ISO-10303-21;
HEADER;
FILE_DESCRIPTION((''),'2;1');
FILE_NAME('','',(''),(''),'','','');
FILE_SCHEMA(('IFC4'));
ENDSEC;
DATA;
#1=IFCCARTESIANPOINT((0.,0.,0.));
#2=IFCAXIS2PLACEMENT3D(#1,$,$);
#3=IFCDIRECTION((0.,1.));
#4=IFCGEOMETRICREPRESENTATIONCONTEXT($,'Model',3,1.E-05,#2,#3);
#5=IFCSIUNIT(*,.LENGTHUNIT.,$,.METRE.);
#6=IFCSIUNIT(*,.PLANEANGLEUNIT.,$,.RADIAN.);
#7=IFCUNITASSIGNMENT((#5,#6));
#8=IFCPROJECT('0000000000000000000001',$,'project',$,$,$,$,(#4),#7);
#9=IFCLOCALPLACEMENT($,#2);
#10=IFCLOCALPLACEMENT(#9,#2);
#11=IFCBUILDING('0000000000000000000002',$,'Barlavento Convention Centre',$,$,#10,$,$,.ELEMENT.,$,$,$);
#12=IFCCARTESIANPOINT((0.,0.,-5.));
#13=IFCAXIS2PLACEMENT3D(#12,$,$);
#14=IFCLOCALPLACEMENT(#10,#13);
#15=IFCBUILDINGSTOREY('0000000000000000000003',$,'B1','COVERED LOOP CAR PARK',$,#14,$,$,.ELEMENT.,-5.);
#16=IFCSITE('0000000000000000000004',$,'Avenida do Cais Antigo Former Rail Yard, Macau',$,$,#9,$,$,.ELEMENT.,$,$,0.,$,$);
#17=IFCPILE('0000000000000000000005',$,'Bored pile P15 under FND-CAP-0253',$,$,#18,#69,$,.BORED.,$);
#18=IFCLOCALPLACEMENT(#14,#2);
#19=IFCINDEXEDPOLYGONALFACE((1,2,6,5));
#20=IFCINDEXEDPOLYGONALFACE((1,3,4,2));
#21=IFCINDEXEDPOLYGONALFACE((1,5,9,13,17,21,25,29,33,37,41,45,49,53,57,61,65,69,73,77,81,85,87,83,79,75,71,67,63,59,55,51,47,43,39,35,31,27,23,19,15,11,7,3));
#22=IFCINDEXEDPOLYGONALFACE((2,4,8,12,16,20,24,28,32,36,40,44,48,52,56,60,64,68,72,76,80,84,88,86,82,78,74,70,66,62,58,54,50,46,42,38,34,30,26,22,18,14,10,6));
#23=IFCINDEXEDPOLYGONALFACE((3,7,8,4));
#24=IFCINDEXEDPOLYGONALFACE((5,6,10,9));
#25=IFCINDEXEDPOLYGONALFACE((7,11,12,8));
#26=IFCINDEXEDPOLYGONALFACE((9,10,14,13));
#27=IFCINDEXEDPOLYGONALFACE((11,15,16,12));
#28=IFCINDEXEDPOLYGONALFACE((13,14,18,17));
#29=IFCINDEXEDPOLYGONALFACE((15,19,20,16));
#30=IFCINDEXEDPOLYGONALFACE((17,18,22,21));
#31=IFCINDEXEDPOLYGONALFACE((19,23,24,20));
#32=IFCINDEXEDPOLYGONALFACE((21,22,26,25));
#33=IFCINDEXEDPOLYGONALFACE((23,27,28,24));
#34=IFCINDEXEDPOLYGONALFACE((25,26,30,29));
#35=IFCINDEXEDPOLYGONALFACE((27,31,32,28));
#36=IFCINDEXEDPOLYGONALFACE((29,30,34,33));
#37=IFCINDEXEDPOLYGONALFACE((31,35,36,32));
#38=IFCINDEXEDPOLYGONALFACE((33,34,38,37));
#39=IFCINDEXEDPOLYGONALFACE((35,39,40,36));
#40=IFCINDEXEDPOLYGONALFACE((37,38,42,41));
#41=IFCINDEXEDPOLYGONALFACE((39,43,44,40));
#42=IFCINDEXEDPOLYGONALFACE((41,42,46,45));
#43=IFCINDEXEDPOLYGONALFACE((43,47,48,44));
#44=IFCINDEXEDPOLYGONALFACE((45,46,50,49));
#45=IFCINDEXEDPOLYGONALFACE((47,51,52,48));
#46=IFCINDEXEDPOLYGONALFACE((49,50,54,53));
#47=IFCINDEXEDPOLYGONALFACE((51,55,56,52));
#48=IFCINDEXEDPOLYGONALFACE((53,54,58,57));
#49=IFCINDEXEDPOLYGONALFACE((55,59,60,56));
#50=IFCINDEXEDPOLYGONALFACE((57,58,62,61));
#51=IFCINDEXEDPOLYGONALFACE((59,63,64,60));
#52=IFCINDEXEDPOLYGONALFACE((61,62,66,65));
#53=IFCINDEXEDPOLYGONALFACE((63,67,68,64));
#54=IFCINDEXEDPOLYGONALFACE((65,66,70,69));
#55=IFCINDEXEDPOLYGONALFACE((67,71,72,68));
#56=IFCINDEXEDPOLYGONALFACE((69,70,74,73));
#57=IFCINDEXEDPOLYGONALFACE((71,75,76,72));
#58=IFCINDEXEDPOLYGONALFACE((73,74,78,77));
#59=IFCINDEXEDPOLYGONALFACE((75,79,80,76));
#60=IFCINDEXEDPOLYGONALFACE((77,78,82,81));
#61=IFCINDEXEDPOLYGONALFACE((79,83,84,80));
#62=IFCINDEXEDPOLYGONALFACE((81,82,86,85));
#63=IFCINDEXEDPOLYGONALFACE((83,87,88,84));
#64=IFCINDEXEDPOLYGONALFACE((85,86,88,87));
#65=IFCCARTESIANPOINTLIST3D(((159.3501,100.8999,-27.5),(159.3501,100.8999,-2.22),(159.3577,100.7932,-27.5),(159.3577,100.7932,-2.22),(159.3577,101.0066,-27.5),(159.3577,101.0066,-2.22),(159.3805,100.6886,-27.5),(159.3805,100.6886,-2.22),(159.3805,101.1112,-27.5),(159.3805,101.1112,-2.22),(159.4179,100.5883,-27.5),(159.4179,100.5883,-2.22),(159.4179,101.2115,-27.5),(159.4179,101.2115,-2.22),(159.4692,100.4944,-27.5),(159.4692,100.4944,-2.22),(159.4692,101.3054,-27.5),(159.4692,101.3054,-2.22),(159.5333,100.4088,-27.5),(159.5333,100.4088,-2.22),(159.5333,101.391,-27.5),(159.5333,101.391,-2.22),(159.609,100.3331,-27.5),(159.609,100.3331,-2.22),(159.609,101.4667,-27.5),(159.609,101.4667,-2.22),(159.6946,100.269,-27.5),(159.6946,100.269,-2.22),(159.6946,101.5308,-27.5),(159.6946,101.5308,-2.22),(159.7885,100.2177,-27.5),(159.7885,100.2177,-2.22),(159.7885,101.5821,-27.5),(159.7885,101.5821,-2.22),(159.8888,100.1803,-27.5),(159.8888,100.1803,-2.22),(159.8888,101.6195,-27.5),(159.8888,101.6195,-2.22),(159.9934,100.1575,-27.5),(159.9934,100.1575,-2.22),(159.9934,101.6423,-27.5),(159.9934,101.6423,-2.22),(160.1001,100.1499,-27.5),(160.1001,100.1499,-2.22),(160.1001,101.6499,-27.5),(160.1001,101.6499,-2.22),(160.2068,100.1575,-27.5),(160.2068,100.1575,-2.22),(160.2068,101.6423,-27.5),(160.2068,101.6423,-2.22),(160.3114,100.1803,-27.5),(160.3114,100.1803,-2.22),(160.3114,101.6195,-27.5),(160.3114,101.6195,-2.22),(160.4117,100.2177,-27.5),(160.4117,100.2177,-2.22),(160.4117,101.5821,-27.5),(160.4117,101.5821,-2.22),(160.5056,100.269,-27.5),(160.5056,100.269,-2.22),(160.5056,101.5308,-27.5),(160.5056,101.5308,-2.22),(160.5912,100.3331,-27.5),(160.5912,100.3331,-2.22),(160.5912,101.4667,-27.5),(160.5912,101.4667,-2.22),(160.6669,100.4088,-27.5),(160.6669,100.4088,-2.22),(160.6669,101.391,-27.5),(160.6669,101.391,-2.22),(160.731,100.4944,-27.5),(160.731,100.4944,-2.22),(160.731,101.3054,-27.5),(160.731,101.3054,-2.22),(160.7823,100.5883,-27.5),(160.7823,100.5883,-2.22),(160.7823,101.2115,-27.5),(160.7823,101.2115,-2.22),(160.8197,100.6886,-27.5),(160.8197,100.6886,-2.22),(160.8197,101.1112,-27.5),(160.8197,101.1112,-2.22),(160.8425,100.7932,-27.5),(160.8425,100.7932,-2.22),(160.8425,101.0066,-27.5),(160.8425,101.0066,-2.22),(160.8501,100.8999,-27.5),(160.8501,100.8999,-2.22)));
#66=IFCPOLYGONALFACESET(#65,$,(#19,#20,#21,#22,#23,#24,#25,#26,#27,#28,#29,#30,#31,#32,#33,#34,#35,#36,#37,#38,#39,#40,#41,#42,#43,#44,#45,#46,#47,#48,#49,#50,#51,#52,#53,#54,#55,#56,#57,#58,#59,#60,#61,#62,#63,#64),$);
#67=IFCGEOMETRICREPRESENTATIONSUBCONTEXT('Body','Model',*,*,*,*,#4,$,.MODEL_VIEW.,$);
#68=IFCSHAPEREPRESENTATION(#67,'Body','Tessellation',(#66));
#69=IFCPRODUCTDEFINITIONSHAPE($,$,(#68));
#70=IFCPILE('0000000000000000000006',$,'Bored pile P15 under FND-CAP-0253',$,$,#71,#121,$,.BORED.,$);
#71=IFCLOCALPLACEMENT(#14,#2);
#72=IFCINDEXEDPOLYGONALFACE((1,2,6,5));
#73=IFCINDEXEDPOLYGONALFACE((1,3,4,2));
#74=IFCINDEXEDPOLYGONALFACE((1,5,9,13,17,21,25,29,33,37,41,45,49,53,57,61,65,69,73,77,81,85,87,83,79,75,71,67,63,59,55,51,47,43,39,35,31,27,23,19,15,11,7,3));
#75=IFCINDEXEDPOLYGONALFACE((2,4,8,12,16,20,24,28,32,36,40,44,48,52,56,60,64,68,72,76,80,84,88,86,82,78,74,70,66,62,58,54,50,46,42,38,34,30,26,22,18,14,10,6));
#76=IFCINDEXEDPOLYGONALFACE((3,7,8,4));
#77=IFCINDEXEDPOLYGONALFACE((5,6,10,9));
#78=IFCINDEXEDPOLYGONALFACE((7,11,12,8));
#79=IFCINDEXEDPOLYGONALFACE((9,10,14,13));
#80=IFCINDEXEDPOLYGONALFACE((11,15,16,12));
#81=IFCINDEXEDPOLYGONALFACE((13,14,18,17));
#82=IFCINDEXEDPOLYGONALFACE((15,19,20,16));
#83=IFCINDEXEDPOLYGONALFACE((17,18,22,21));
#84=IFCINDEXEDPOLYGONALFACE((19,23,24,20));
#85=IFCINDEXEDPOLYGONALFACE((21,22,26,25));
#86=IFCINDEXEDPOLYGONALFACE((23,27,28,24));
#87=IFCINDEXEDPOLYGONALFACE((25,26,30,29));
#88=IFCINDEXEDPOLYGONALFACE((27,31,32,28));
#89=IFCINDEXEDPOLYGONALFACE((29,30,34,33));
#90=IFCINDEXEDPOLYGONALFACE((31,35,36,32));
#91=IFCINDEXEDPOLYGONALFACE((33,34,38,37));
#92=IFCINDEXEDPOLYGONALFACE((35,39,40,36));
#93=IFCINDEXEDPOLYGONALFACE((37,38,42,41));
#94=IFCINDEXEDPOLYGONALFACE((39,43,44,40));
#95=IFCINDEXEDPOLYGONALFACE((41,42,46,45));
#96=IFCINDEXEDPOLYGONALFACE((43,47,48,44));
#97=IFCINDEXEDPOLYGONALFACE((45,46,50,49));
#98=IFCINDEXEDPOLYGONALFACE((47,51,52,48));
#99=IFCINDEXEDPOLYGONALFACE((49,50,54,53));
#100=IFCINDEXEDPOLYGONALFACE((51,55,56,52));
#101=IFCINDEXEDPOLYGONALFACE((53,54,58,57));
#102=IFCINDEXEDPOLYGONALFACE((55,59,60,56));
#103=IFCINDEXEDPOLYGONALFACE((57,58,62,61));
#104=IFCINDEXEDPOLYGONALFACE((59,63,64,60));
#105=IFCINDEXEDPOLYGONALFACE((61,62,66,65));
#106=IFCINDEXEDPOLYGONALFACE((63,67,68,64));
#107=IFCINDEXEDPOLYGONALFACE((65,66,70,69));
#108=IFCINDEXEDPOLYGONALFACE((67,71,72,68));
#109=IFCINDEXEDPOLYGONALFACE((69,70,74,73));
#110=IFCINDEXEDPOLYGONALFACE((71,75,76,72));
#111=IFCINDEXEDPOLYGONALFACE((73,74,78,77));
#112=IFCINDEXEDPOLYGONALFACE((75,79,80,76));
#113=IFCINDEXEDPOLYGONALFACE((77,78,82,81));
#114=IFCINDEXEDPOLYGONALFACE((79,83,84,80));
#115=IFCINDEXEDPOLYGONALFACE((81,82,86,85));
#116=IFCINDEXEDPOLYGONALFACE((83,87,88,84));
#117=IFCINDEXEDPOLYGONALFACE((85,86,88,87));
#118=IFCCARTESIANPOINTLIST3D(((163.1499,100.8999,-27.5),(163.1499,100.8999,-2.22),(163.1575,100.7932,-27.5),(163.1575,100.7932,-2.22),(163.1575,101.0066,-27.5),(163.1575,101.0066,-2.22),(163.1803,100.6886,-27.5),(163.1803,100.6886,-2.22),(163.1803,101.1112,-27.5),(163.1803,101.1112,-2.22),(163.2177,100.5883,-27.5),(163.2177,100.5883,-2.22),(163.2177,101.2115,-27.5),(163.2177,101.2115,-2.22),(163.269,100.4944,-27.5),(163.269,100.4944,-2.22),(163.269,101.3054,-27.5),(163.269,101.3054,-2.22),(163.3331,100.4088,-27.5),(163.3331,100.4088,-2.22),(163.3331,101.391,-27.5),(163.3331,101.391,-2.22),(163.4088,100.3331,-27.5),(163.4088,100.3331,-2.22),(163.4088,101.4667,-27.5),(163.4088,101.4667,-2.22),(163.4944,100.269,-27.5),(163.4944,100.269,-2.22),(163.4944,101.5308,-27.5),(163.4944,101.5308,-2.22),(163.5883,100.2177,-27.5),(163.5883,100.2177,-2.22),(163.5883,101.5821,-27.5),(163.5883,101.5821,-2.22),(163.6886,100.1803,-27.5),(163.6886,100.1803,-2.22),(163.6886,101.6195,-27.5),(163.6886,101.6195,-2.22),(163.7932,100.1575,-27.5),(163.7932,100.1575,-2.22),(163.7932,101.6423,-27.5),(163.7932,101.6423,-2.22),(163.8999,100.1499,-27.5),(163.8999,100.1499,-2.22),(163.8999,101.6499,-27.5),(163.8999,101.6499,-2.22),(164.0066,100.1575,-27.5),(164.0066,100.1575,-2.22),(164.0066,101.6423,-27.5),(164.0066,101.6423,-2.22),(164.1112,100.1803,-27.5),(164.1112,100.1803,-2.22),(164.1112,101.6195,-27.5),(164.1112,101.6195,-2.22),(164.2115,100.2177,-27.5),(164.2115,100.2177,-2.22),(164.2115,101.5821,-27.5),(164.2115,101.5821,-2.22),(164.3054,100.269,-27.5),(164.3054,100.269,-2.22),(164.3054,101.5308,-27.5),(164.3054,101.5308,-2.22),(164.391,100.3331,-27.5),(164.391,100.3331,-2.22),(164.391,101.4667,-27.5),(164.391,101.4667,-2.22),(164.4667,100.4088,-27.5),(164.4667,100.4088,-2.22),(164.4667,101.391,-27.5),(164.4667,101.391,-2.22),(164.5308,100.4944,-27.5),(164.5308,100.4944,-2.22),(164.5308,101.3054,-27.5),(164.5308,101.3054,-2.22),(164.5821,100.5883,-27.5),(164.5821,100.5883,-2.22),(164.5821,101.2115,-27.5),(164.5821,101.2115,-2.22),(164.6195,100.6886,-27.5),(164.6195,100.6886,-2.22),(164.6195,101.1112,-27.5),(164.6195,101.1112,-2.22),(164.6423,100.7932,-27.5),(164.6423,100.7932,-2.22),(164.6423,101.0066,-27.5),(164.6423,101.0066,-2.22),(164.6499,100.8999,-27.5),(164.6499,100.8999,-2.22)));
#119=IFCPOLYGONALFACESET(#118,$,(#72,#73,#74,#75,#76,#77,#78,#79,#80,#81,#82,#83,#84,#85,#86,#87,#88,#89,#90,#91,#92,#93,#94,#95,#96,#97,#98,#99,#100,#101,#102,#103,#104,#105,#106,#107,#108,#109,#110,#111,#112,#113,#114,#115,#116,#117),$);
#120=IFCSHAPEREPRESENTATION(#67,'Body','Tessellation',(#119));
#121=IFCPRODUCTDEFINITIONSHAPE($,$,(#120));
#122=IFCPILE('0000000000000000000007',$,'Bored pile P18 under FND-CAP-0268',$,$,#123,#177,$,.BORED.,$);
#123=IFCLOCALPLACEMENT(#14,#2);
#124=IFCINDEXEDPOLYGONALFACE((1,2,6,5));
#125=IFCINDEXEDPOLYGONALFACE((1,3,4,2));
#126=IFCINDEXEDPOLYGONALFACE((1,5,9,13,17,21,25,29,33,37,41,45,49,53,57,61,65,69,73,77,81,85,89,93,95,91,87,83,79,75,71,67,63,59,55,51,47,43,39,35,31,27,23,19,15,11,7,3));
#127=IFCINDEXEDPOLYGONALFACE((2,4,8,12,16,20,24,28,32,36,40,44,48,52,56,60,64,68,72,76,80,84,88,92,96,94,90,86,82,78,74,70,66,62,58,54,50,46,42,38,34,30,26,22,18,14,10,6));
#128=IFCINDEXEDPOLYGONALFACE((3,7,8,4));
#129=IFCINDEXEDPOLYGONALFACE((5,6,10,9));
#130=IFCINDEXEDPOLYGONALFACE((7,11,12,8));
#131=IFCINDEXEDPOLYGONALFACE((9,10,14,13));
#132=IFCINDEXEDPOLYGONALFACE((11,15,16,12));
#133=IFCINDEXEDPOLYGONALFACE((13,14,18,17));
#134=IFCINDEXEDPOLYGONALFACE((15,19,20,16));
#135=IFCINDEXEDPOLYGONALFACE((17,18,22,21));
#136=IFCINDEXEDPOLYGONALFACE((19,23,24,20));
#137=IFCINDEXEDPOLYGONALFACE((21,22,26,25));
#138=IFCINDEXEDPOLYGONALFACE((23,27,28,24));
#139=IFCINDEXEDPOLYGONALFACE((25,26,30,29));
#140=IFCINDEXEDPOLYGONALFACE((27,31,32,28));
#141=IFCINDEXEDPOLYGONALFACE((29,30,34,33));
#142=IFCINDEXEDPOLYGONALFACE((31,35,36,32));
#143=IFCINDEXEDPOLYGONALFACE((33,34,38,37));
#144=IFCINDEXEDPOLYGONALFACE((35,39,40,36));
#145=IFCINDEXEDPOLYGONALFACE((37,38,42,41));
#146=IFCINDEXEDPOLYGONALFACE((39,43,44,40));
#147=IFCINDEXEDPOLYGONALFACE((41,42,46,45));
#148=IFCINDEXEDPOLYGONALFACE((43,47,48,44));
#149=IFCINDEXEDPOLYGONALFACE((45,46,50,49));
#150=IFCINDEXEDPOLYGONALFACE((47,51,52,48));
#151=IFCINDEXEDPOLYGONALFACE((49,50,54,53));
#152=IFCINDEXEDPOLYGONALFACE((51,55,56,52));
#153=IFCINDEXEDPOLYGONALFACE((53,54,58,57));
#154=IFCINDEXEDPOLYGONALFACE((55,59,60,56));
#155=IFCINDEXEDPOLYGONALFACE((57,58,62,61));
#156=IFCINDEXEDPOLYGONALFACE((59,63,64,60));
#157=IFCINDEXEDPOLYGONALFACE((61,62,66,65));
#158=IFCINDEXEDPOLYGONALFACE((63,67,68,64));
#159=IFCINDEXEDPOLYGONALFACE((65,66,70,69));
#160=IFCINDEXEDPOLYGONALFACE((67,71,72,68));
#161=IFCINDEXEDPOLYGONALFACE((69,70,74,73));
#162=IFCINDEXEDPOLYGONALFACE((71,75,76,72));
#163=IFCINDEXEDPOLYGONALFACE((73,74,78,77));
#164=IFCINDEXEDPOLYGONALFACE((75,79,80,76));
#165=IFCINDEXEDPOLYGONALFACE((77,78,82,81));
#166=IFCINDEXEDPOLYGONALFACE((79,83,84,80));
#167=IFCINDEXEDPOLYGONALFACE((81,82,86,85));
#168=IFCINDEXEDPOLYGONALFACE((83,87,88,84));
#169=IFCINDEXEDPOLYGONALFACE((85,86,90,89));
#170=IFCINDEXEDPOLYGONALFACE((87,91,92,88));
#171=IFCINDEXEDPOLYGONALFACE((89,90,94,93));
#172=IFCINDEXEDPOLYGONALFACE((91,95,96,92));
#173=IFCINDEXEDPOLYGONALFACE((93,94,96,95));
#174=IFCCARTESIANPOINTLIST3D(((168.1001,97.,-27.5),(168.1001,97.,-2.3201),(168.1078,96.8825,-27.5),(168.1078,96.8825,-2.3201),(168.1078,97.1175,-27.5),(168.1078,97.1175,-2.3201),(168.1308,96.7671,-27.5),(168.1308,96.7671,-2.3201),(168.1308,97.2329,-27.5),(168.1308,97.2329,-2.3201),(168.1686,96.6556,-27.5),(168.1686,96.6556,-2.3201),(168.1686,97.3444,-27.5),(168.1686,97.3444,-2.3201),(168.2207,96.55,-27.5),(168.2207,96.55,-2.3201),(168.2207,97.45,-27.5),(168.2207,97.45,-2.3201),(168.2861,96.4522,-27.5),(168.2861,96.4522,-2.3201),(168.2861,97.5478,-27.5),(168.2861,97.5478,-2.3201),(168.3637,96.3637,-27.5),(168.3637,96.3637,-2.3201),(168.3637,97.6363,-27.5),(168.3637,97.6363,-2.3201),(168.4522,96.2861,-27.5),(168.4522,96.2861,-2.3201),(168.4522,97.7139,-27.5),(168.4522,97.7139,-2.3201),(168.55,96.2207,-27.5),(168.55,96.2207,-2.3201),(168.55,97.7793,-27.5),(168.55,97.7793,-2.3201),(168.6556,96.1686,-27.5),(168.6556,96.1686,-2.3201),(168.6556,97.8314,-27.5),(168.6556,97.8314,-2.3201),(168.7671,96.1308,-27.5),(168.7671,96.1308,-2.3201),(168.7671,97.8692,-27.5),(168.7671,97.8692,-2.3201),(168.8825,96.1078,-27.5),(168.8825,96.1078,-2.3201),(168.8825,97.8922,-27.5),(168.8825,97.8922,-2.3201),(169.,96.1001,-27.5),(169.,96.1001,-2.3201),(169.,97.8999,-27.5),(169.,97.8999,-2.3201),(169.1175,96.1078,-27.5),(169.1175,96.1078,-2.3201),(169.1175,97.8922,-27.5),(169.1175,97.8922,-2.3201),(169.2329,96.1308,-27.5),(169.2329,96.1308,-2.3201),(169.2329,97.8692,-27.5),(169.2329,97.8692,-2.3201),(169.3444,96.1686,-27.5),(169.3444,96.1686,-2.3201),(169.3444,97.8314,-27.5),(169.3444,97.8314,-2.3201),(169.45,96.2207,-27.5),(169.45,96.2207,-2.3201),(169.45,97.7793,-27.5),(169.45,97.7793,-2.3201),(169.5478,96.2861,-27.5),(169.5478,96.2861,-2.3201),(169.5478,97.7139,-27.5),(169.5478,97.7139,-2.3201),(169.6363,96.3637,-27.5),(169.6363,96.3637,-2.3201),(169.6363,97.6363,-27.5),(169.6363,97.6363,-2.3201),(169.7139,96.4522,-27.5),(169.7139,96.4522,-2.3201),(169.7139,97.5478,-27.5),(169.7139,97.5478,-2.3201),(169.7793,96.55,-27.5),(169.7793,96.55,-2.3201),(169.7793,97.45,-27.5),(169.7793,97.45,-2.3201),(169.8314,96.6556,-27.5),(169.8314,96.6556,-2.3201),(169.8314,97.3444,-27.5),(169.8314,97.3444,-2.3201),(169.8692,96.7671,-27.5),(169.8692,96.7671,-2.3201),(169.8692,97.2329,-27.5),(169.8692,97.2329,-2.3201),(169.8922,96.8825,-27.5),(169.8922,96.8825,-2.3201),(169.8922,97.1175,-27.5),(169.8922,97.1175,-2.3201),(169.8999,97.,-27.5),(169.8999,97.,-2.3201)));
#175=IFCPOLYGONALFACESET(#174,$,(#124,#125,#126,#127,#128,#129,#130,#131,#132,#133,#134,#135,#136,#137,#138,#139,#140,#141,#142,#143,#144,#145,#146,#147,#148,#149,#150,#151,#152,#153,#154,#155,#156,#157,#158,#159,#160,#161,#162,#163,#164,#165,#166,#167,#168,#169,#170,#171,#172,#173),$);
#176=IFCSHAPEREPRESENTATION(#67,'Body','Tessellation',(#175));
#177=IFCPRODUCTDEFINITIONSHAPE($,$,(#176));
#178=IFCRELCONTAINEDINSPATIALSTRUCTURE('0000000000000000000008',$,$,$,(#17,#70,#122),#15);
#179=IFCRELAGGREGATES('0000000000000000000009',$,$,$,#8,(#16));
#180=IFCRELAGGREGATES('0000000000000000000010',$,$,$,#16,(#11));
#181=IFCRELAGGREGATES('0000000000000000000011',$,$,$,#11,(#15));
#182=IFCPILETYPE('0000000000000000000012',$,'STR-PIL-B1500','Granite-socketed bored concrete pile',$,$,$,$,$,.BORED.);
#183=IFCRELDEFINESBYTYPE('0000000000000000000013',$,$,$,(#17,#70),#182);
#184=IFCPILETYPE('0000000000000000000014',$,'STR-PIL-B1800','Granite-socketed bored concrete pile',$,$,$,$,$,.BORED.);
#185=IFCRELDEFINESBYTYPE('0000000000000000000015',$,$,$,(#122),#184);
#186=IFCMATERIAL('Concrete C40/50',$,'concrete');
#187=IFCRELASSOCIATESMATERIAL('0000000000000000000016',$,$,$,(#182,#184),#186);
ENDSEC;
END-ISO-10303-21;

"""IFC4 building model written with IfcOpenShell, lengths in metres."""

from ifc_helpers import new_model, si_unit, direction, frame, origin, origin_2d, place, context, subcontext, project, spatial, circle, extrude, material, material_profile, profile_set, type_object, element, save


model = new_model("IFC4")

# Units and contexts
model_context = context("Model", 3, precision=1e-05, world=origin(), true_north=direction((0.0, 1.0)))
body_context = subcontext(model_context, "Body", "Model", "MODEL_VIEW")
ifc_project = project(units=[si_unit("LENGTHUNIT", "METRE"), si_unit("PLANEANGLEUNIT", "RADIAN")], contexts=[model_context])

# Site, building, storey
site_placement = place(None, origin())
site = spatial("IfcSite", under=ifc_project, at=site_placement, Name="Avenida do Cais Antigo Former Rail Yard, Macau", CompositionType="ELEMENT", RefElevation=0.0)
building_placement = place(site_placement, origin())
building = spatial("IfcBuilding", under=site, at=building_placement, Name="Barlavento Convention Centre", CompositionType="ELEMENT")
storey_placement = place(building_placement, frame((0.0, 0.0, -5.0)))
storey = spatial("IfcBuildingStorey", under=building, at=storey_placement, Name="B1", Description="COVERED LOOP CAR PARK", CompositionType="ELEMENT", Elevation=-5.0)

# Shared definitions
ifc_material_1 = material(Name="Concrete C40/50", Category="concrete")

# Piles
ifc_material_profile_1 = material_profile(ifc_material_1, circle(Radius=0.75, at=origin_2d()), Name="BORED PILE 1500")
ifc_profile_set_1 = profile_set([ifc_material_profile_1], Name="Concrete C40/50")
pile_type_1 = type_object("IfcPileType", Name="STR-PIL-B1500", Description="Granite-socketed bored concrete pile", PredefinedType="BORED", material=ifc_profile_set_1)
for number, where, z_axis, x_axis, name in (
    (1, (160.1001, 100.8999, -2.22), (0.0, 0.0, -1.0), (1.0, 0.0, 0.0), "Bored pile P15 under FND-CAP-0253"),
    (2, (163.8999, 100.8999, -2.22), (0.0, 0.0, -1.0), (1.0, 0.0, 0.0), "Bored pile P15 under FND-CAP-0253"),
):
    element("IfcPile", number, at=place(storey_placement, frame(where, z_axis=z_axis, x_axis=x_axis)), inside=storey, type_object=pile_type_1, Name=name, PredefinedType="BORED", context=body_context, shape_type="SweptSolid", body=[
        extrude(circle(Radius=0.75, at=origin_2d()), origin(), (0.0, 0.0, 1.0), 25.28),
    ])
ifc_material_profile_2 = material_profile(ifc_material_1, circle(Radius=0.8999, at=origin_2d()), Name="BORED PILE 1800")
ifc_profile_set_2 = profile_set([ifc_material_profile_2], Name="Concrete C40/50")
pile_type_2 = type_object("IfcPileType", Name="STR-PIL-B1800", Description="Granite-socketed bored concrete pile", PredefinedType="BORED", material=ifc_profile_set_2)
for number, where, z_axis, x_axis, name in (
    (3, (169.0, 97.0, -2.3201), (0.0, 0.0, -1.0), (1.0, 0.0, 0.0), "Bored pile P18 under FND-CAP-0268"),
):
    element("IfcPile", number, at=place(storey_placement, frame(where, z_axis=z_axis, x_axis=x_axis)), inside=storey, type_object=pile_type_2, Name=name, PredefinedType="BORED", context=body_context, shape_type="SweptSolid", body=[
        extrude(circle(Radius=0.8999, at=origin_2d()), origin(), (0.0, 0.0, 1.0), 25.1799),
    ])

save(model, "model.ifc")
